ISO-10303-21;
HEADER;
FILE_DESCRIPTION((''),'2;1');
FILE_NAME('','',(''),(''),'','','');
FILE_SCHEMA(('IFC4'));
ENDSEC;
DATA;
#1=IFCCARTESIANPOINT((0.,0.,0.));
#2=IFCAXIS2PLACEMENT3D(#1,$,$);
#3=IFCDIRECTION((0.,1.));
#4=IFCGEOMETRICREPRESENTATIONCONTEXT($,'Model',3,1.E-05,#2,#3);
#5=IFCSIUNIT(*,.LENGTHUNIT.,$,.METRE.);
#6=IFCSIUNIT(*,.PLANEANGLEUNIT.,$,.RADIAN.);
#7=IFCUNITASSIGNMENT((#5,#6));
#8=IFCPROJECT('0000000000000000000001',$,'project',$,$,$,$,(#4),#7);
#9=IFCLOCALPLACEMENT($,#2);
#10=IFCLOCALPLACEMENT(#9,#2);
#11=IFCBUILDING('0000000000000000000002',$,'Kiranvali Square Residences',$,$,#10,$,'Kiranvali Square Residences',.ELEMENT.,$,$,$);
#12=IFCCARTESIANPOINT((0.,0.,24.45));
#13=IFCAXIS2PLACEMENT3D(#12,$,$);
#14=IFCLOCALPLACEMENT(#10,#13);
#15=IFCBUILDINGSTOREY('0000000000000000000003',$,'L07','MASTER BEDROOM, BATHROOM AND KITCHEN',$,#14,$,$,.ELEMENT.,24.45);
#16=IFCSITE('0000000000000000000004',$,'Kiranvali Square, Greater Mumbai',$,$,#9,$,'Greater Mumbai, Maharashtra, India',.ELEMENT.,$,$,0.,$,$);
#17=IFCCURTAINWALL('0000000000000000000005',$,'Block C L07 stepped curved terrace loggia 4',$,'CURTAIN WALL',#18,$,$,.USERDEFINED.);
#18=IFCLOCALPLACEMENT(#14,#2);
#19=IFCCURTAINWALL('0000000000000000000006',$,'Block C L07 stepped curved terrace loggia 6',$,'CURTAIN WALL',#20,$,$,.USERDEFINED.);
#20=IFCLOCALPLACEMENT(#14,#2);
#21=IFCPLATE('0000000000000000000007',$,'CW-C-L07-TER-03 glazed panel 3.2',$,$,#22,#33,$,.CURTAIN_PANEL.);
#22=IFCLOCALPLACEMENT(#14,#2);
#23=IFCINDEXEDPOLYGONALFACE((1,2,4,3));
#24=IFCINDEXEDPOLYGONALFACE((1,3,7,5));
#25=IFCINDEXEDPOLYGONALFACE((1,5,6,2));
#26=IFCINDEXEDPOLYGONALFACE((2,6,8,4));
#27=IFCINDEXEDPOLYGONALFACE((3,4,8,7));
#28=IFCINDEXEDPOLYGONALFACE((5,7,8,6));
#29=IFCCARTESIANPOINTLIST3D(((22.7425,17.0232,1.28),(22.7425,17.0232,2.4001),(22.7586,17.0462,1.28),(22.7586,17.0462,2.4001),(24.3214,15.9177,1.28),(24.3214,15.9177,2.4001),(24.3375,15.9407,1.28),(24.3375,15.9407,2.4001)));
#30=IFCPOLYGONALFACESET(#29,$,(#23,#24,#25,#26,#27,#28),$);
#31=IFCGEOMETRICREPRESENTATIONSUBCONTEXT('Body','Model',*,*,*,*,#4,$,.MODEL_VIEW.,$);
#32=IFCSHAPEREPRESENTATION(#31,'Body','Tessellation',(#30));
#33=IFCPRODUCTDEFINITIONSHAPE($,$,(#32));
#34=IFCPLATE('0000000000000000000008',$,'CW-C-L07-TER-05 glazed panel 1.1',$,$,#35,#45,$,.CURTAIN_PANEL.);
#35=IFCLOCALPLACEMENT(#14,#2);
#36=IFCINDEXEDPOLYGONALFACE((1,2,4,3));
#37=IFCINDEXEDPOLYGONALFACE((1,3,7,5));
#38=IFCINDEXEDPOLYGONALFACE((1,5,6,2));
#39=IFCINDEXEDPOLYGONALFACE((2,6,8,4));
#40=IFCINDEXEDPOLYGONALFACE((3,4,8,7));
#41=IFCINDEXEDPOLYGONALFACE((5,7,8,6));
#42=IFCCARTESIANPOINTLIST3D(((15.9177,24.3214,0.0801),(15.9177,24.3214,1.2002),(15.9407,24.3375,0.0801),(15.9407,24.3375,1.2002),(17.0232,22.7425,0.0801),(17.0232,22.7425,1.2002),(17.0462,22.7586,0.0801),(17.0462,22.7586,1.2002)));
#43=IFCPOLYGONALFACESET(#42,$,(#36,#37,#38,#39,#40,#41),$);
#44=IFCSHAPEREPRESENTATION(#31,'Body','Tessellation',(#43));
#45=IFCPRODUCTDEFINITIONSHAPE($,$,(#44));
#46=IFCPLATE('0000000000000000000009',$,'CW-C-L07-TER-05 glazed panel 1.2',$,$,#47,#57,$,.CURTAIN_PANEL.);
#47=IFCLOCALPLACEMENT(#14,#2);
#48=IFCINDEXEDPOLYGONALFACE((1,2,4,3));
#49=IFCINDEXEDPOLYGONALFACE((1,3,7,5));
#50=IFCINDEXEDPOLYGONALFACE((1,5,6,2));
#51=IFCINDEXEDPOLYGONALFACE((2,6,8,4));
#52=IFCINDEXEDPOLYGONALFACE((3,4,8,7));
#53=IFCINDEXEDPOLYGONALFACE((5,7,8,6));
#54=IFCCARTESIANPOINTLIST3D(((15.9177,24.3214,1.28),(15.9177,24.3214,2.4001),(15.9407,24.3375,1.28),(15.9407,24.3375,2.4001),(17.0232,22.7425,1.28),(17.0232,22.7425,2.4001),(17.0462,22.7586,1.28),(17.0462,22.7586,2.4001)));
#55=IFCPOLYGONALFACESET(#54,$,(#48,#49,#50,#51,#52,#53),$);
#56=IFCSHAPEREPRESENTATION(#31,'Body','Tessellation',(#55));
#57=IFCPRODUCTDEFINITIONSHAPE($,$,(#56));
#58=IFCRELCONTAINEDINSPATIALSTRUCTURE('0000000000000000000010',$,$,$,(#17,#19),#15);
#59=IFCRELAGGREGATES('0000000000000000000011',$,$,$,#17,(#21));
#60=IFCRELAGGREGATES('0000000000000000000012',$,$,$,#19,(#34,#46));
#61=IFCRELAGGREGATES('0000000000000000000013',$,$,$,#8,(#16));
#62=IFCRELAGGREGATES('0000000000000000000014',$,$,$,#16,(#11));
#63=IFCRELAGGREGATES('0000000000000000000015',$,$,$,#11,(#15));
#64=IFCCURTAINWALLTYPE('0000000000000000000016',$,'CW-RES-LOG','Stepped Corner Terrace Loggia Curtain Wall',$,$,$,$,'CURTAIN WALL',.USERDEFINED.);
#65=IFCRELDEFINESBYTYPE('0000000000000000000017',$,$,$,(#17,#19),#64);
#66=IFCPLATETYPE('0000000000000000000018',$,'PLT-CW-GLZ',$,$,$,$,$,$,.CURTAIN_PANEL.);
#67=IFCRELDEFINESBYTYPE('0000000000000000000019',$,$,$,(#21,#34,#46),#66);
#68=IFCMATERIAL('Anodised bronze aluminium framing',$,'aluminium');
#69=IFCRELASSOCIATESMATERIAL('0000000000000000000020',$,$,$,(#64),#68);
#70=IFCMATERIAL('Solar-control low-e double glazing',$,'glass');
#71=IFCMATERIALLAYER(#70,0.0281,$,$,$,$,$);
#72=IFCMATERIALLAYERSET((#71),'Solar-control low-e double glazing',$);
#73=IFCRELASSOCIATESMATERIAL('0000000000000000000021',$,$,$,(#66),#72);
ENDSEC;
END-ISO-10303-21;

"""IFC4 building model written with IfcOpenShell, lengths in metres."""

from ifc_helpers import new_model, si_unit, direction, frame, origin, origin_2d, place, context, subcontext, project, spatial, rectangle, extrude, material, layer, layer_set, type_object, element, aggregate, save


model = new_model("IFC4")

# Units and contexts
model_context = context("Model", 3, precision=1e-05, world=origin(), true_north=direction((0.0, 1.0)))
body_context = subcontext(model_context, "Body", "Model", "MODEL_VIEW")
ifc_project = project(units=[si_unit("LENGTHUNIT", "METRE"), si_unit("PLANEANGLEUNIT", "RADIAN")], contexts=[model_context])

# Site, building, storey
site_placement = place(None, origin())
site = spatial("IfcSite", under=ifc_project, at=site_placement, Name="Kiranvali Square, Greater Mumbai", LongName="Greater Mumbai, Maharashtra, India", CompositionType="ELEMENT", RefElevation=0.0)
building_placement = place(site_placement, origin())
building = spatial("IfcBuilding", under=site, at=building_placement, Name="Kiranvali Square Residences", LongName="Kiranvali Square Residences", CompositionType="ELEMENT")
storey_placement = place(building_placement, frame((0.0, 0.0, 24.45)))
storey = spatial("IfcBuildingStorey", under=building, at=storey_placement, Name="L07", Description="MASTER BEDROOM, BATHROOM AND KITCHEN", CompositionType="ELEMENT", Elevation=24.45)

# Curtain wall
ifc_material_1 = material(Name="Anodised bronze aluminium framing", Category="aluminium")
curtain_wall_type = type_object("IfcCurtainWallType", Name="CW-RES-LOG", Description="Stepped Corner Terrace Loggia Curtain Wall", ElementType="CURTAIN WALL", PredefinedType="USERDEFINED", material=ifc_material_1)
curtain_wall_1_placement = place(storey_placement, origin())
curtain_wall_1 = element("IfcCurtainWall", 1, at=curtain_wall_1_placement, inside=storey, type_object=curtain_wall_type, Name="Block C L07 stepped curved terrace loggia 4", ObjectType="CURTAIN WALL", PredefinedType="USERDEFINED")

# Curtain wall
curtain_wall_2_placement = place(storey_placement, origin())
curtain_wall_2 = element("IfcCurtainWall", 2, at=curtain_wall_2_placement, inside=storey, type_object=curtain_wall_type, Name="Block C L07 stepped curved terrace loggia 6", ObjectType="CURTAIN WALL", PredefinedType="USERDEFINED")

# Plates
ifc_material_2 = material(Name="Solar-control low-e double glazing", Category="glass")
ifc_layer_1 = layer(ifc_material_2, 0.0281)
ifc_layer_set_1 = layer_set([ifc_layer_1], Name="Solar-control low-e double glazing")
plate_type = type_object("IfcPlateType", Name="PLT-CW-GLZ", PredefinedType="CURTAIN_PANEL", material=ifc_layer_set_1)
plate_1_placement = place(storey_placement, frame((23.54, 16.4819, 1.28), z_axis=(0.0, 0.0, 1.0), x_axis=(-0.819152, 0.573576, 0.0)))
plate_1 = element("IfcPlate", 3, at=plate_1_placement, type_object=plate_type, Name="CW-C-L07-TER-03 glazed panel 3.2", PredefinedType="CURTAIN_PANEL", context=body_context, shape_type="SweptSolid", body=[
    extrude(rectangle(XDim=1.9275, YDim=0.0281, at=origin_2d()), origin(), (0.0, 0.0, 1.0), 1.1201),
])
aggregate(curtain_wall_1, [plate_1])
plate_2_placement = place(storey_placement, frame((16.4819, 23.54, 0.0801), z_axis=(0.0, 0.0, 1.0), x_axis=(-0.573576, 0.819152, 0.0)))
plate_2 = element("IfcPlate", 4, at=plate_2_placement, type_object=plate_type, Name="CW-C-L07-TER-05 glazed panel 1.1", PredefinedType="CURTAIN_PANEL", context=body_context, shape_type="SweptSolid", body=[
    extrude(rectangle(XDim=1.9275, YDim=0.0281, at=origin_2d()), origin(), (0.0, 0.0, 1.0), 1.1201),
])
plate_3_placement = place(storey_placement, frame((16.4819, 23.54, 1.28), z_axis=(0.0, 0.0, 1.0), x_axis=(-0.573576, 0.819152, 0.0)))
plate_3 = element("IfcPlate", 5, at=plate_3_placement, type_object=plate_type, Name="CW-C-L07-TER-05 glazed panel 1.2", PredefinedType="CURTAIN_PANEL", context=body_context, shape_type="SweptSolid", body=[
    extrude(rectangle(XDim=1.9275, YDim=0.0281, at=origin_2d()), origin(), (0.0, 0.0, 1.0), 1.1201),
])
aggregate(curtain_wall_2, [plate_2, plate_3])

save(model, "model.ifc")
